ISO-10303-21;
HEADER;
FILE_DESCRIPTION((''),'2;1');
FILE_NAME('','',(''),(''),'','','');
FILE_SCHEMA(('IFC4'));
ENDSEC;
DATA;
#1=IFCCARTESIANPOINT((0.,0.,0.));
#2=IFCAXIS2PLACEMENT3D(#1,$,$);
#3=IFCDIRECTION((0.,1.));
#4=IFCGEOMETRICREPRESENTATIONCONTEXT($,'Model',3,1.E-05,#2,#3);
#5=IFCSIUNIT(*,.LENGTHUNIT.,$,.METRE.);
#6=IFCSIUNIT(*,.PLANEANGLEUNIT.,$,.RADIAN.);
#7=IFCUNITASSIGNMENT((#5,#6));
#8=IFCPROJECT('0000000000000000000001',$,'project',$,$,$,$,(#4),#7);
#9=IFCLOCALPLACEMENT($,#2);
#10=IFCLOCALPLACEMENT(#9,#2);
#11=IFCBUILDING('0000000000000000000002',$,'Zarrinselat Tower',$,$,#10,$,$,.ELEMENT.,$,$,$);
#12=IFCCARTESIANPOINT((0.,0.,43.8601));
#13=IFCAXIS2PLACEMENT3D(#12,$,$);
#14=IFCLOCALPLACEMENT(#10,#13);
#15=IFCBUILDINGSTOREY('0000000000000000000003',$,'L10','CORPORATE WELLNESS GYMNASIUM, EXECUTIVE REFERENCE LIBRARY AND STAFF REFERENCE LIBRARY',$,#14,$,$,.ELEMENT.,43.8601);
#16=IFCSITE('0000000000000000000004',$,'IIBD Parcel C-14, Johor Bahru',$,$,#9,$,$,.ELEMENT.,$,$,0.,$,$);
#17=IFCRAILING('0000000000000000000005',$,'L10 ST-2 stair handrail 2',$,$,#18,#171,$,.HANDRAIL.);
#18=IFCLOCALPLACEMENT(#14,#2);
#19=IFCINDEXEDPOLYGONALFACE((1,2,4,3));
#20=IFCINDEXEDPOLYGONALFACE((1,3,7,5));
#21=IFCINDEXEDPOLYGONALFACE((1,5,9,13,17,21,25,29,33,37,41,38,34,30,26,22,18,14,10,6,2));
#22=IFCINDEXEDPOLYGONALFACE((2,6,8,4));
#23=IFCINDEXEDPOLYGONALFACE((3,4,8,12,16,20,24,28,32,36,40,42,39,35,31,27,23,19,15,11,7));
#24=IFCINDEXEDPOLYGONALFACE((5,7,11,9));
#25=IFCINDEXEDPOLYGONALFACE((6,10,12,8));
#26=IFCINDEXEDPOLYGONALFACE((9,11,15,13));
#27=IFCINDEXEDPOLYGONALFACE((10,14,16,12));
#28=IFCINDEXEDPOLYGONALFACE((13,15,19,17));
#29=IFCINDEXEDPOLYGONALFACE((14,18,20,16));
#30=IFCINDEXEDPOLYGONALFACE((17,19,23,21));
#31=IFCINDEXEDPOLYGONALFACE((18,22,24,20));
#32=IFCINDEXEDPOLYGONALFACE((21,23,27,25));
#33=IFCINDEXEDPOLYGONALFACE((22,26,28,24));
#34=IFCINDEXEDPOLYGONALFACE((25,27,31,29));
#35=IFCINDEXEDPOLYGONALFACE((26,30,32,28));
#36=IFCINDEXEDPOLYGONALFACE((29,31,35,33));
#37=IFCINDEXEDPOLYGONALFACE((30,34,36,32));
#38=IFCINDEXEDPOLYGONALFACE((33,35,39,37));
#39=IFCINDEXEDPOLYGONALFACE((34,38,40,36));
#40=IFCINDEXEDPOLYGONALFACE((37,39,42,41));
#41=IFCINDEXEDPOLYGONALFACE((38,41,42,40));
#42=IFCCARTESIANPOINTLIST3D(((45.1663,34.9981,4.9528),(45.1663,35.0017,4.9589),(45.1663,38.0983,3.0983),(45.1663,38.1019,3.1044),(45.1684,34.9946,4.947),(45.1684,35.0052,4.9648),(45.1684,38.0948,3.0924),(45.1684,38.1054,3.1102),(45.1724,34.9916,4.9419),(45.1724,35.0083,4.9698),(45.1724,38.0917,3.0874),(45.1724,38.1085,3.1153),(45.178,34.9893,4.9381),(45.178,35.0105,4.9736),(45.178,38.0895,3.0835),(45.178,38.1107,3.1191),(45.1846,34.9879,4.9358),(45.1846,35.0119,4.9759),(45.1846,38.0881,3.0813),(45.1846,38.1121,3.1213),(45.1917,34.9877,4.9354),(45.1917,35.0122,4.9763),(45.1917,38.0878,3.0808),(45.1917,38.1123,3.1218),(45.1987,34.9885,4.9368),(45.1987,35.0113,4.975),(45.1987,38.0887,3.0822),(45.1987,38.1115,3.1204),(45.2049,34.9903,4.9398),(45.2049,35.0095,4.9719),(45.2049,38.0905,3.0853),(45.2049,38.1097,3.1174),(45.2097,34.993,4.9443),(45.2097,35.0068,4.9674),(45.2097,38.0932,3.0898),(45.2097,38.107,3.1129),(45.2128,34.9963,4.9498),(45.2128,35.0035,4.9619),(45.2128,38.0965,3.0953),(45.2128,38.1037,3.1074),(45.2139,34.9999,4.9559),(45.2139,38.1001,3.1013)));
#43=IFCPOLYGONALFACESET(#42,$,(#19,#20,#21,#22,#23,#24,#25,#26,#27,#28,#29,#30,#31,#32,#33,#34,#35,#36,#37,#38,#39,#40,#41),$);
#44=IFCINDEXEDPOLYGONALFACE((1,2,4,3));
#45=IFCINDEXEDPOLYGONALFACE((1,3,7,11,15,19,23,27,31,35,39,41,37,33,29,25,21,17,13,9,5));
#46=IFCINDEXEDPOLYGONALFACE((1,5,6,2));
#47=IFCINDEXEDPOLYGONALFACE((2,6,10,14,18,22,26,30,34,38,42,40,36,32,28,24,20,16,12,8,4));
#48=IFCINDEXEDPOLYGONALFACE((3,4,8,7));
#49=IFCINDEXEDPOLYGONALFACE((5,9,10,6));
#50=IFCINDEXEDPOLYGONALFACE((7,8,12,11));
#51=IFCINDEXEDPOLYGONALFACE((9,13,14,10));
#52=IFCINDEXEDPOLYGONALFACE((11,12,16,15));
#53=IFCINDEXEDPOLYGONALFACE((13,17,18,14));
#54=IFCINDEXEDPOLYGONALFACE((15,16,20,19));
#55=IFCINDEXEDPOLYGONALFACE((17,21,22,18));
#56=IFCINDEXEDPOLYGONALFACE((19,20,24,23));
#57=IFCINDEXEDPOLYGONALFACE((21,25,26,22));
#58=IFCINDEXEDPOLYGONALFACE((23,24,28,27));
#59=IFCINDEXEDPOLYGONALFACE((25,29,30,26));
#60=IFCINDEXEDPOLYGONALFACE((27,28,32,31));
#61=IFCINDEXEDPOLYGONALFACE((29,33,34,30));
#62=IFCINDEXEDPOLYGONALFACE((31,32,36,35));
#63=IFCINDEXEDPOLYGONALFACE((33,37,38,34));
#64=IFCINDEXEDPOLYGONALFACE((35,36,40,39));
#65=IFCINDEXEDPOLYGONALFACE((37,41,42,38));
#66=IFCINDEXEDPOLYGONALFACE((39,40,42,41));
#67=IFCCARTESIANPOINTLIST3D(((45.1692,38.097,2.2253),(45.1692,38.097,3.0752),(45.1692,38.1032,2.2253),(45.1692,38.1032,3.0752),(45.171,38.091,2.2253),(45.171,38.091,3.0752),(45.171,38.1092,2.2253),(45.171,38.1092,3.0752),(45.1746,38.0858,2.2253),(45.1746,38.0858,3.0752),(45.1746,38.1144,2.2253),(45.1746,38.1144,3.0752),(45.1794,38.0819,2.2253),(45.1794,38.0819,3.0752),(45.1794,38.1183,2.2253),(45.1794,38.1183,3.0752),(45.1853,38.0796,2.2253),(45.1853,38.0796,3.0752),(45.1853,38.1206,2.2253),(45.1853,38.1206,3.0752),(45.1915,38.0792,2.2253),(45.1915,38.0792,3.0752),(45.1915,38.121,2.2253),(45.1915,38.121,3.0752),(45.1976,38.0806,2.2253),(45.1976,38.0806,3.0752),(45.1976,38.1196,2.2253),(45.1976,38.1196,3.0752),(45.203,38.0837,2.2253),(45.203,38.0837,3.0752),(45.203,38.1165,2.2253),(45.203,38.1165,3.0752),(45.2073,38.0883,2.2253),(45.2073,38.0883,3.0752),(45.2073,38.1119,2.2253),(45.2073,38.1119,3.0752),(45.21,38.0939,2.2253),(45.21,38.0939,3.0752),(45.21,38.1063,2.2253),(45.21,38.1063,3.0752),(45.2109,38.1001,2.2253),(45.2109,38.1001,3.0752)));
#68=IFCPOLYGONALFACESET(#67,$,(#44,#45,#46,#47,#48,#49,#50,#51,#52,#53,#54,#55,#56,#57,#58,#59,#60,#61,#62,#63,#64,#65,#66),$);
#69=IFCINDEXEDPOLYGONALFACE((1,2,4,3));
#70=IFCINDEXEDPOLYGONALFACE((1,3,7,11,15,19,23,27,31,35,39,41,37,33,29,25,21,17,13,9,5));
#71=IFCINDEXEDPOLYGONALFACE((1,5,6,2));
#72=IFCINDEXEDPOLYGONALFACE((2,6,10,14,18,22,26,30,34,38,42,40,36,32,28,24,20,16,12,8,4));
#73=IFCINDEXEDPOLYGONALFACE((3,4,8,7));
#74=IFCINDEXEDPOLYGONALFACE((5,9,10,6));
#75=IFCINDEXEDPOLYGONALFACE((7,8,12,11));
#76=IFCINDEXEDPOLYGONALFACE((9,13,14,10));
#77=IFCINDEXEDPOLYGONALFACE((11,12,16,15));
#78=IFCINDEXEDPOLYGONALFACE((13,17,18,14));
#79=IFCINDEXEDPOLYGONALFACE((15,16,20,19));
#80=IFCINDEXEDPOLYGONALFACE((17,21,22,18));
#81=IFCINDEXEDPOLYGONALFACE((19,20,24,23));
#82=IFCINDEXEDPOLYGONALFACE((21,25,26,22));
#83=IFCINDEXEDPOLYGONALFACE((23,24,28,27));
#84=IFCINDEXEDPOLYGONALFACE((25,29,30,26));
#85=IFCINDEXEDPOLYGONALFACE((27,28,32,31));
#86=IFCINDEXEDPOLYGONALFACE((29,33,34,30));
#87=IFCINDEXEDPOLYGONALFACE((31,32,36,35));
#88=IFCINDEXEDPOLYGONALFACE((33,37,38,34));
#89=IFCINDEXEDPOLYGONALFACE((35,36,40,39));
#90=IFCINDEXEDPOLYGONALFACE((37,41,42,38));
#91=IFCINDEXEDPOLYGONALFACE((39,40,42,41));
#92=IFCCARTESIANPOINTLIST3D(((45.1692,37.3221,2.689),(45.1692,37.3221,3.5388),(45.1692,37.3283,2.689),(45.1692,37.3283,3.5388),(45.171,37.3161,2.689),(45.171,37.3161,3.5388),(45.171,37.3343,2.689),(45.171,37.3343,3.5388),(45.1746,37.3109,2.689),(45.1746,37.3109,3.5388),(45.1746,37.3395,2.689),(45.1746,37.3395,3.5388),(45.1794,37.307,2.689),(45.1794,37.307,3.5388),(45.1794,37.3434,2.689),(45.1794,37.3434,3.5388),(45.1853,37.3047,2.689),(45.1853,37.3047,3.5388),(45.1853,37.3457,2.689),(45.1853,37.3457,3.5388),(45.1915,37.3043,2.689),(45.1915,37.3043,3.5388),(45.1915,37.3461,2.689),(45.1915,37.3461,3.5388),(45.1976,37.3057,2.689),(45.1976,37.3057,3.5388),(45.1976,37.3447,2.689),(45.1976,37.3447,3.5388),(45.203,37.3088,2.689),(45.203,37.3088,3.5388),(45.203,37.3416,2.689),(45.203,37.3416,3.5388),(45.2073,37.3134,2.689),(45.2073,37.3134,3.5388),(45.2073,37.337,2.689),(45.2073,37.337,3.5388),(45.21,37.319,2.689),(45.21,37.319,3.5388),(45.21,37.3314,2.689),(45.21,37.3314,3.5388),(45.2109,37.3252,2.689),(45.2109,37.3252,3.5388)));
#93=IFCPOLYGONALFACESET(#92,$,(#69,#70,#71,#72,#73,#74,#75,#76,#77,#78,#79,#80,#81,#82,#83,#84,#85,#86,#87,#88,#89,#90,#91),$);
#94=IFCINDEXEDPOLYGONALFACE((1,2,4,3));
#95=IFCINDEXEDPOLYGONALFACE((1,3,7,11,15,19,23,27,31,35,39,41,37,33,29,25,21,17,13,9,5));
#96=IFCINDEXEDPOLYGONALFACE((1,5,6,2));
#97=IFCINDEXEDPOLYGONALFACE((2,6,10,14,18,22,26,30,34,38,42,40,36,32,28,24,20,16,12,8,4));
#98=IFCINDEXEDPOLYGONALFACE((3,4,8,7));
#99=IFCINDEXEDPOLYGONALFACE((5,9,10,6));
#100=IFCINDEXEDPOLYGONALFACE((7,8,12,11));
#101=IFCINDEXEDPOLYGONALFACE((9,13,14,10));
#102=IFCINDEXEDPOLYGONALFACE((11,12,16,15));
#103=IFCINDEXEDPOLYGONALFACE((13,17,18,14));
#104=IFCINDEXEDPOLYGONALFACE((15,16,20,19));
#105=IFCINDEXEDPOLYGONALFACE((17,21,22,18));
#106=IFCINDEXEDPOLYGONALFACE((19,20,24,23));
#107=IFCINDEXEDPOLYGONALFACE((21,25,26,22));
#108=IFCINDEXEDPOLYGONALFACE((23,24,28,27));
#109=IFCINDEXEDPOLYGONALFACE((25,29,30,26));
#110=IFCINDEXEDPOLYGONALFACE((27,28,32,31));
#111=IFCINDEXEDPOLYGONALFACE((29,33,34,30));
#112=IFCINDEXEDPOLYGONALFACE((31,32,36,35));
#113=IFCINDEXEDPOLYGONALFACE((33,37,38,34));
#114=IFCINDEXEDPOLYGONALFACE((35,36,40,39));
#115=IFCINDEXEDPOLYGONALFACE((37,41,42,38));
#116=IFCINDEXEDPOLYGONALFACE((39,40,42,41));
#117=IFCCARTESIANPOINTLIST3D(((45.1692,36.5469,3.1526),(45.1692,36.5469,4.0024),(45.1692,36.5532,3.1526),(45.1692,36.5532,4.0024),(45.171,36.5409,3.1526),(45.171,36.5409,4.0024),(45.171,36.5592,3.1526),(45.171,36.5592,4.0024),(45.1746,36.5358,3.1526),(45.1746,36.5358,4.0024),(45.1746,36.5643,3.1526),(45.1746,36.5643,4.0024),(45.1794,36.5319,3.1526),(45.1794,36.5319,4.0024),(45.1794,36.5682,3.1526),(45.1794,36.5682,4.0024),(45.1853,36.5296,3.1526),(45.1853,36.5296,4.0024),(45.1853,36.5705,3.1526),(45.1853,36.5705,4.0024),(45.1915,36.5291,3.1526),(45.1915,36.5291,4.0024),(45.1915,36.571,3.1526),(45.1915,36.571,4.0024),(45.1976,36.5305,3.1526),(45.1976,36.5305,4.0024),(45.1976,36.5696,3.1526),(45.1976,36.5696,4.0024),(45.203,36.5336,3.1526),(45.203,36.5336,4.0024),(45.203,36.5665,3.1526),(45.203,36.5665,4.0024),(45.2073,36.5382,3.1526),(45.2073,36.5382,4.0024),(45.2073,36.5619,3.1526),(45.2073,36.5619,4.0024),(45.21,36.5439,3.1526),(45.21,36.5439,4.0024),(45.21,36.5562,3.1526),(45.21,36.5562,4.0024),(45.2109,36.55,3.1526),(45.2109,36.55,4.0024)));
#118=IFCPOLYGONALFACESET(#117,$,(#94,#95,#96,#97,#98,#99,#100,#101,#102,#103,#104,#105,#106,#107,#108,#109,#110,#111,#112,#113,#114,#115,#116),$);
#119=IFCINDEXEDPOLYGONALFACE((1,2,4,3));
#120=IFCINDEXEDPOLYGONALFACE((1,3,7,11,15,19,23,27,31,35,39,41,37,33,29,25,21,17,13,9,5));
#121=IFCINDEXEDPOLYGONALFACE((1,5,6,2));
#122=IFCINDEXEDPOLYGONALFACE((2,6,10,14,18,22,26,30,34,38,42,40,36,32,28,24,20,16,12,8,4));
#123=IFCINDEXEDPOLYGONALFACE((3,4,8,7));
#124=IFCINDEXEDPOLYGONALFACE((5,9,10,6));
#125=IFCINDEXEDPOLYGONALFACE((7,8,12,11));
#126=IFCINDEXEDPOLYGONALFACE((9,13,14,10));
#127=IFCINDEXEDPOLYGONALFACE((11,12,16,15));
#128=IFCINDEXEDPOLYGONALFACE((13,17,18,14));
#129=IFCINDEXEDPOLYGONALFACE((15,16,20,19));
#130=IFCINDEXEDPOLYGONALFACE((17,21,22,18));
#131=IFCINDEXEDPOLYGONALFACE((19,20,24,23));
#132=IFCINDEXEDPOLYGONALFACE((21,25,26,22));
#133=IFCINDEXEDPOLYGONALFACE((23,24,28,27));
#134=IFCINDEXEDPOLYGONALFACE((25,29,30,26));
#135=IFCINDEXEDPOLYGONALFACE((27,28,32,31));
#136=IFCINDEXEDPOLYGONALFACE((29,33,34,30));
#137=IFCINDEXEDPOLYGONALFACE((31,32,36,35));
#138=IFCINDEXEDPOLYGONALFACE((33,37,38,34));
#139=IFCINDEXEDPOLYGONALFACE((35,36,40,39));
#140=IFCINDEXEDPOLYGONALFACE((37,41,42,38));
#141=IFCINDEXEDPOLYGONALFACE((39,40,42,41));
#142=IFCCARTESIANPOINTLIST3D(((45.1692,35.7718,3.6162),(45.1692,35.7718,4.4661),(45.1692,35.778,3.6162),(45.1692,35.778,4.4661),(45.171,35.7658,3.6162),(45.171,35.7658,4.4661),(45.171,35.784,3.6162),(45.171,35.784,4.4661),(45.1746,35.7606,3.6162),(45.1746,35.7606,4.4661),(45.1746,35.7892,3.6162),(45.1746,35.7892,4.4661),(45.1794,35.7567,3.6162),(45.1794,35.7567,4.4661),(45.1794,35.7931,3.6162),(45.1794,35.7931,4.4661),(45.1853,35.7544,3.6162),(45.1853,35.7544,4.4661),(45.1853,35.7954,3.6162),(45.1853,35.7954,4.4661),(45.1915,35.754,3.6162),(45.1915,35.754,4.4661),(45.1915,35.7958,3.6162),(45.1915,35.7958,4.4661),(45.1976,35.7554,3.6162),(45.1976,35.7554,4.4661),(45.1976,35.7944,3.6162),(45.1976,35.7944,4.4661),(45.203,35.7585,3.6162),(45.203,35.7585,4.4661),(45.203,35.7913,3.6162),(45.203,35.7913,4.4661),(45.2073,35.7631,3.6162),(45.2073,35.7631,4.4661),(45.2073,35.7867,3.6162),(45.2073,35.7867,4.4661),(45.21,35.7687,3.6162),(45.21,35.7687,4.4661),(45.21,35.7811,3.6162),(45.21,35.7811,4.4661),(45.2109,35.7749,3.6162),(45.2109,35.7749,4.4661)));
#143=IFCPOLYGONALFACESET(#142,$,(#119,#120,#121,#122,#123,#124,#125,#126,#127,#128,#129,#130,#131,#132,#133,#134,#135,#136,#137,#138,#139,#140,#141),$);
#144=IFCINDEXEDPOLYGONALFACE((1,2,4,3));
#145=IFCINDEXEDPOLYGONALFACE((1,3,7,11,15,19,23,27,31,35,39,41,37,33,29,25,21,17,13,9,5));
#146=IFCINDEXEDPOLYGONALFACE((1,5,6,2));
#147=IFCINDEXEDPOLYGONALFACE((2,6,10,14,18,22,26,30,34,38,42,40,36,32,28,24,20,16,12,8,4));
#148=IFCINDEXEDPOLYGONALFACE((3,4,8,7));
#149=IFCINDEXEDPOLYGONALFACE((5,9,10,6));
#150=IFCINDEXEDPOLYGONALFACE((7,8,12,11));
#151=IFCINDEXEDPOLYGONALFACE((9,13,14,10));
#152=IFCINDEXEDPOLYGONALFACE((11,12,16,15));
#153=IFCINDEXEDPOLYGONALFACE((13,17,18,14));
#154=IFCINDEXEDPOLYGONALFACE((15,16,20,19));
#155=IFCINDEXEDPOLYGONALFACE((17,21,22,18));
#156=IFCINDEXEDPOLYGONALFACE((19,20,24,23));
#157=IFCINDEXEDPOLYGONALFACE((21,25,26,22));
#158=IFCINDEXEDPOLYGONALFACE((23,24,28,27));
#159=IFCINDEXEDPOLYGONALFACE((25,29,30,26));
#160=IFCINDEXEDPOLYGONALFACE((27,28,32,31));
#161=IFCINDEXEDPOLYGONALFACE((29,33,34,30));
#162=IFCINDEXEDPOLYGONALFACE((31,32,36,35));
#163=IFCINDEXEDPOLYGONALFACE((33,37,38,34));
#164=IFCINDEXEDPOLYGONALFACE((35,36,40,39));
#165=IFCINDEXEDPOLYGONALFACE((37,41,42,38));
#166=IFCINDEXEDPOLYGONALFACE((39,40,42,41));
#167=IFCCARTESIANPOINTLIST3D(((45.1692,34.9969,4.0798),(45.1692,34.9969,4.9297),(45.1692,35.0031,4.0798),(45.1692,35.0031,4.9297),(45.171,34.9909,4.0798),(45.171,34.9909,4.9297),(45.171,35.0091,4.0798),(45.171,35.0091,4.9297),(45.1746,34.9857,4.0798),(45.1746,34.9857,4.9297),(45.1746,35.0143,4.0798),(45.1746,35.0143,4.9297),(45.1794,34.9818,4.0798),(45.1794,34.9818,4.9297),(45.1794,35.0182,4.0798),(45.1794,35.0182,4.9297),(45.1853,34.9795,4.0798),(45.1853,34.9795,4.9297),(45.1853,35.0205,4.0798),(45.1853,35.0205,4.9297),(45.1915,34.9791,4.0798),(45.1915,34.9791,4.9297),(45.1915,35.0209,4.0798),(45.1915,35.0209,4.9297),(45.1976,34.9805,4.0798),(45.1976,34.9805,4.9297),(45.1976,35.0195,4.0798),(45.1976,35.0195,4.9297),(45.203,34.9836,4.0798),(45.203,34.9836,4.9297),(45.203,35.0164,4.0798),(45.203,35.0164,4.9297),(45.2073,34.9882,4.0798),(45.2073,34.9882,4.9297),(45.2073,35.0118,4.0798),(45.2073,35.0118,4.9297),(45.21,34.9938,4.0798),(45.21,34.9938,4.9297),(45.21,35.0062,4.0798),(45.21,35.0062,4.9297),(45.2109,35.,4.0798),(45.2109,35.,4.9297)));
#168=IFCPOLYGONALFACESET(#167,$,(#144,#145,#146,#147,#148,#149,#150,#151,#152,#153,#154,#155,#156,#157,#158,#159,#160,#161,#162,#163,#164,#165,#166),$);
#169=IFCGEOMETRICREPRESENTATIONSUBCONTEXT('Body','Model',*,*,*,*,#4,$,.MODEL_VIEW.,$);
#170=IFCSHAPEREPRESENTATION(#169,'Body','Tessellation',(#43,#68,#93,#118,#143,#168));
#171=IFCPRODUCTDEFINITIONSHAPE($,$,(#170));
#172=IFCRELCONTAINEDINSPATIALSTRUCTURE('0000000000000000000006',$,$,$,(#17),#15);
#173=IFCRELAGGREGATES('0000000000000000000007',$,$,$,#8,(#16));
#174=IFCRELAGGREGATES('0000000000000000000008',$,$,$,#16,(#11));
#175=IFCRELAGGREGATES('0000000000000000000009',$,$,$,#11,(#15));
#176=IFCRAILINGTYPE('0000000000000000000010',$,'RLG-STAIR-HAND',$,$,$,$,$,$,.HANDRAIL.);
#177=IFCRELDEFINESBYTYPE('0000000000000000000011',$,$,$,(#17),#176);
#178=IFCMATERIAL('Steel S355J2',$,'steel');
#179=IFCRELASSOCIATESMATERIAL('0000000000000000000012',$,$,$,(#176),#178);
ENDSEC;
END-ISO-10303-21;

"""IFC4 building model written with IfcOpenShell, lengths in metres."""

from ifc_helpers import new_model, si_unit, direction, frame, origin, origin_2d, place, context, subcontext, project, spatial, circle, extrude, material, type_object, element, save


model = new_model("IFC4")

# Units and contexts
model_context = context("Model", 3, precision=1e-05, world=origin(), true_north=direction((0.0, 1.0)))
body_context = subcontext(model_context, "Body", "Model", "MODEL_VIEW")
ifc_project = project(units=[si_unit("LENGTHUNIT", "METRE"), si_unit("PLANEANGLEUNIT", "RADIAN")], contexts=[model_context])

# Site, building, storey
site_placement = place(None, origin())
site = spatial("IfcSite", under=ifc_project, at=site_placement, Name="IIBD Parcel C-14, Johor Bahru", CompositionType="ELEMENT", RefElevation=0.0)
building_placement = place(site_placement, origin())
building = spatial("IfcBuilding", under=site, at=building_placement, Name="Zarrinselat Tower", CompositionType="ELEMENT")
storey_placement = place(building_placement, frame((0.0, 0.0, 43.8601)))
storey = spatial("IfcBuildingStorey", under=building, at=storey_placement, Name="L10", Description="CORPORATE WELLNESS GYMNASIUM, EXECUTIVE REFERENCE LIBRARY AND STAFF REFERENCE LIBRARY", CompositionType="ELEMENT", Elevation=43.8601)

# Railing
ifc_material_1 = material(Name="Steel S355J2", Category="steel")
railing_type_1 = type_object("IfcRailingType", Name="RLG-STAIR-HAND", PredefinedType="HANDRAIL", material=ifc_material_1)
railing_1_placement = place(storey_placement, frame((45.1899, 38.1001, 2.2253)))
element("IfcRailing", 1, at=railing_1_placement, inside=storey, type_object=railing_type_1, Name="L10 ST-2 stair handrail 2", PredefinedType="HANDRAIL", context=body_context, shape_type="SweptSolid", body=[
    extrude(circle(Radius=0.0239, at=origin_2d()), frame((0.0, 0.0, 0.876), z_axis=(0.0, -0.858172, 0.513362), x_axis=(1.0, 0.0, 0.0)), (0.0, 0.0, 1.0), 3.6125),
    extrude(circle(Radius=0.021, at=origin_2d()), origin(), (0.0, 0.0, 1.0), 0.8499),
    extrude(circle(Radius=0.021, at=origin_2d()), frame((0.0, -0.7749, 0.4636)), (0.0, 0.0, 1.0), 0.8499),
    extrude(circle(Radius=0.021, at=origin_2d()), frame((0.0, -1.55, 0.9272)), (0.0, 0.0, 1.0), 0.8499),
    extrude(circle(Radius=0.021, at=origin_2d()), frame((0.0, -2.3252, 1.3909)), (0.0, 0.0, 1.0), 0.8499),
    extrude(circle(Radius=0.021, at=origin_2d()), frame((0.0, -3.1001, 1.8545)), (0.0, 0.0, 1.0), 0.8499),
])

save(model, "model.ifc")
